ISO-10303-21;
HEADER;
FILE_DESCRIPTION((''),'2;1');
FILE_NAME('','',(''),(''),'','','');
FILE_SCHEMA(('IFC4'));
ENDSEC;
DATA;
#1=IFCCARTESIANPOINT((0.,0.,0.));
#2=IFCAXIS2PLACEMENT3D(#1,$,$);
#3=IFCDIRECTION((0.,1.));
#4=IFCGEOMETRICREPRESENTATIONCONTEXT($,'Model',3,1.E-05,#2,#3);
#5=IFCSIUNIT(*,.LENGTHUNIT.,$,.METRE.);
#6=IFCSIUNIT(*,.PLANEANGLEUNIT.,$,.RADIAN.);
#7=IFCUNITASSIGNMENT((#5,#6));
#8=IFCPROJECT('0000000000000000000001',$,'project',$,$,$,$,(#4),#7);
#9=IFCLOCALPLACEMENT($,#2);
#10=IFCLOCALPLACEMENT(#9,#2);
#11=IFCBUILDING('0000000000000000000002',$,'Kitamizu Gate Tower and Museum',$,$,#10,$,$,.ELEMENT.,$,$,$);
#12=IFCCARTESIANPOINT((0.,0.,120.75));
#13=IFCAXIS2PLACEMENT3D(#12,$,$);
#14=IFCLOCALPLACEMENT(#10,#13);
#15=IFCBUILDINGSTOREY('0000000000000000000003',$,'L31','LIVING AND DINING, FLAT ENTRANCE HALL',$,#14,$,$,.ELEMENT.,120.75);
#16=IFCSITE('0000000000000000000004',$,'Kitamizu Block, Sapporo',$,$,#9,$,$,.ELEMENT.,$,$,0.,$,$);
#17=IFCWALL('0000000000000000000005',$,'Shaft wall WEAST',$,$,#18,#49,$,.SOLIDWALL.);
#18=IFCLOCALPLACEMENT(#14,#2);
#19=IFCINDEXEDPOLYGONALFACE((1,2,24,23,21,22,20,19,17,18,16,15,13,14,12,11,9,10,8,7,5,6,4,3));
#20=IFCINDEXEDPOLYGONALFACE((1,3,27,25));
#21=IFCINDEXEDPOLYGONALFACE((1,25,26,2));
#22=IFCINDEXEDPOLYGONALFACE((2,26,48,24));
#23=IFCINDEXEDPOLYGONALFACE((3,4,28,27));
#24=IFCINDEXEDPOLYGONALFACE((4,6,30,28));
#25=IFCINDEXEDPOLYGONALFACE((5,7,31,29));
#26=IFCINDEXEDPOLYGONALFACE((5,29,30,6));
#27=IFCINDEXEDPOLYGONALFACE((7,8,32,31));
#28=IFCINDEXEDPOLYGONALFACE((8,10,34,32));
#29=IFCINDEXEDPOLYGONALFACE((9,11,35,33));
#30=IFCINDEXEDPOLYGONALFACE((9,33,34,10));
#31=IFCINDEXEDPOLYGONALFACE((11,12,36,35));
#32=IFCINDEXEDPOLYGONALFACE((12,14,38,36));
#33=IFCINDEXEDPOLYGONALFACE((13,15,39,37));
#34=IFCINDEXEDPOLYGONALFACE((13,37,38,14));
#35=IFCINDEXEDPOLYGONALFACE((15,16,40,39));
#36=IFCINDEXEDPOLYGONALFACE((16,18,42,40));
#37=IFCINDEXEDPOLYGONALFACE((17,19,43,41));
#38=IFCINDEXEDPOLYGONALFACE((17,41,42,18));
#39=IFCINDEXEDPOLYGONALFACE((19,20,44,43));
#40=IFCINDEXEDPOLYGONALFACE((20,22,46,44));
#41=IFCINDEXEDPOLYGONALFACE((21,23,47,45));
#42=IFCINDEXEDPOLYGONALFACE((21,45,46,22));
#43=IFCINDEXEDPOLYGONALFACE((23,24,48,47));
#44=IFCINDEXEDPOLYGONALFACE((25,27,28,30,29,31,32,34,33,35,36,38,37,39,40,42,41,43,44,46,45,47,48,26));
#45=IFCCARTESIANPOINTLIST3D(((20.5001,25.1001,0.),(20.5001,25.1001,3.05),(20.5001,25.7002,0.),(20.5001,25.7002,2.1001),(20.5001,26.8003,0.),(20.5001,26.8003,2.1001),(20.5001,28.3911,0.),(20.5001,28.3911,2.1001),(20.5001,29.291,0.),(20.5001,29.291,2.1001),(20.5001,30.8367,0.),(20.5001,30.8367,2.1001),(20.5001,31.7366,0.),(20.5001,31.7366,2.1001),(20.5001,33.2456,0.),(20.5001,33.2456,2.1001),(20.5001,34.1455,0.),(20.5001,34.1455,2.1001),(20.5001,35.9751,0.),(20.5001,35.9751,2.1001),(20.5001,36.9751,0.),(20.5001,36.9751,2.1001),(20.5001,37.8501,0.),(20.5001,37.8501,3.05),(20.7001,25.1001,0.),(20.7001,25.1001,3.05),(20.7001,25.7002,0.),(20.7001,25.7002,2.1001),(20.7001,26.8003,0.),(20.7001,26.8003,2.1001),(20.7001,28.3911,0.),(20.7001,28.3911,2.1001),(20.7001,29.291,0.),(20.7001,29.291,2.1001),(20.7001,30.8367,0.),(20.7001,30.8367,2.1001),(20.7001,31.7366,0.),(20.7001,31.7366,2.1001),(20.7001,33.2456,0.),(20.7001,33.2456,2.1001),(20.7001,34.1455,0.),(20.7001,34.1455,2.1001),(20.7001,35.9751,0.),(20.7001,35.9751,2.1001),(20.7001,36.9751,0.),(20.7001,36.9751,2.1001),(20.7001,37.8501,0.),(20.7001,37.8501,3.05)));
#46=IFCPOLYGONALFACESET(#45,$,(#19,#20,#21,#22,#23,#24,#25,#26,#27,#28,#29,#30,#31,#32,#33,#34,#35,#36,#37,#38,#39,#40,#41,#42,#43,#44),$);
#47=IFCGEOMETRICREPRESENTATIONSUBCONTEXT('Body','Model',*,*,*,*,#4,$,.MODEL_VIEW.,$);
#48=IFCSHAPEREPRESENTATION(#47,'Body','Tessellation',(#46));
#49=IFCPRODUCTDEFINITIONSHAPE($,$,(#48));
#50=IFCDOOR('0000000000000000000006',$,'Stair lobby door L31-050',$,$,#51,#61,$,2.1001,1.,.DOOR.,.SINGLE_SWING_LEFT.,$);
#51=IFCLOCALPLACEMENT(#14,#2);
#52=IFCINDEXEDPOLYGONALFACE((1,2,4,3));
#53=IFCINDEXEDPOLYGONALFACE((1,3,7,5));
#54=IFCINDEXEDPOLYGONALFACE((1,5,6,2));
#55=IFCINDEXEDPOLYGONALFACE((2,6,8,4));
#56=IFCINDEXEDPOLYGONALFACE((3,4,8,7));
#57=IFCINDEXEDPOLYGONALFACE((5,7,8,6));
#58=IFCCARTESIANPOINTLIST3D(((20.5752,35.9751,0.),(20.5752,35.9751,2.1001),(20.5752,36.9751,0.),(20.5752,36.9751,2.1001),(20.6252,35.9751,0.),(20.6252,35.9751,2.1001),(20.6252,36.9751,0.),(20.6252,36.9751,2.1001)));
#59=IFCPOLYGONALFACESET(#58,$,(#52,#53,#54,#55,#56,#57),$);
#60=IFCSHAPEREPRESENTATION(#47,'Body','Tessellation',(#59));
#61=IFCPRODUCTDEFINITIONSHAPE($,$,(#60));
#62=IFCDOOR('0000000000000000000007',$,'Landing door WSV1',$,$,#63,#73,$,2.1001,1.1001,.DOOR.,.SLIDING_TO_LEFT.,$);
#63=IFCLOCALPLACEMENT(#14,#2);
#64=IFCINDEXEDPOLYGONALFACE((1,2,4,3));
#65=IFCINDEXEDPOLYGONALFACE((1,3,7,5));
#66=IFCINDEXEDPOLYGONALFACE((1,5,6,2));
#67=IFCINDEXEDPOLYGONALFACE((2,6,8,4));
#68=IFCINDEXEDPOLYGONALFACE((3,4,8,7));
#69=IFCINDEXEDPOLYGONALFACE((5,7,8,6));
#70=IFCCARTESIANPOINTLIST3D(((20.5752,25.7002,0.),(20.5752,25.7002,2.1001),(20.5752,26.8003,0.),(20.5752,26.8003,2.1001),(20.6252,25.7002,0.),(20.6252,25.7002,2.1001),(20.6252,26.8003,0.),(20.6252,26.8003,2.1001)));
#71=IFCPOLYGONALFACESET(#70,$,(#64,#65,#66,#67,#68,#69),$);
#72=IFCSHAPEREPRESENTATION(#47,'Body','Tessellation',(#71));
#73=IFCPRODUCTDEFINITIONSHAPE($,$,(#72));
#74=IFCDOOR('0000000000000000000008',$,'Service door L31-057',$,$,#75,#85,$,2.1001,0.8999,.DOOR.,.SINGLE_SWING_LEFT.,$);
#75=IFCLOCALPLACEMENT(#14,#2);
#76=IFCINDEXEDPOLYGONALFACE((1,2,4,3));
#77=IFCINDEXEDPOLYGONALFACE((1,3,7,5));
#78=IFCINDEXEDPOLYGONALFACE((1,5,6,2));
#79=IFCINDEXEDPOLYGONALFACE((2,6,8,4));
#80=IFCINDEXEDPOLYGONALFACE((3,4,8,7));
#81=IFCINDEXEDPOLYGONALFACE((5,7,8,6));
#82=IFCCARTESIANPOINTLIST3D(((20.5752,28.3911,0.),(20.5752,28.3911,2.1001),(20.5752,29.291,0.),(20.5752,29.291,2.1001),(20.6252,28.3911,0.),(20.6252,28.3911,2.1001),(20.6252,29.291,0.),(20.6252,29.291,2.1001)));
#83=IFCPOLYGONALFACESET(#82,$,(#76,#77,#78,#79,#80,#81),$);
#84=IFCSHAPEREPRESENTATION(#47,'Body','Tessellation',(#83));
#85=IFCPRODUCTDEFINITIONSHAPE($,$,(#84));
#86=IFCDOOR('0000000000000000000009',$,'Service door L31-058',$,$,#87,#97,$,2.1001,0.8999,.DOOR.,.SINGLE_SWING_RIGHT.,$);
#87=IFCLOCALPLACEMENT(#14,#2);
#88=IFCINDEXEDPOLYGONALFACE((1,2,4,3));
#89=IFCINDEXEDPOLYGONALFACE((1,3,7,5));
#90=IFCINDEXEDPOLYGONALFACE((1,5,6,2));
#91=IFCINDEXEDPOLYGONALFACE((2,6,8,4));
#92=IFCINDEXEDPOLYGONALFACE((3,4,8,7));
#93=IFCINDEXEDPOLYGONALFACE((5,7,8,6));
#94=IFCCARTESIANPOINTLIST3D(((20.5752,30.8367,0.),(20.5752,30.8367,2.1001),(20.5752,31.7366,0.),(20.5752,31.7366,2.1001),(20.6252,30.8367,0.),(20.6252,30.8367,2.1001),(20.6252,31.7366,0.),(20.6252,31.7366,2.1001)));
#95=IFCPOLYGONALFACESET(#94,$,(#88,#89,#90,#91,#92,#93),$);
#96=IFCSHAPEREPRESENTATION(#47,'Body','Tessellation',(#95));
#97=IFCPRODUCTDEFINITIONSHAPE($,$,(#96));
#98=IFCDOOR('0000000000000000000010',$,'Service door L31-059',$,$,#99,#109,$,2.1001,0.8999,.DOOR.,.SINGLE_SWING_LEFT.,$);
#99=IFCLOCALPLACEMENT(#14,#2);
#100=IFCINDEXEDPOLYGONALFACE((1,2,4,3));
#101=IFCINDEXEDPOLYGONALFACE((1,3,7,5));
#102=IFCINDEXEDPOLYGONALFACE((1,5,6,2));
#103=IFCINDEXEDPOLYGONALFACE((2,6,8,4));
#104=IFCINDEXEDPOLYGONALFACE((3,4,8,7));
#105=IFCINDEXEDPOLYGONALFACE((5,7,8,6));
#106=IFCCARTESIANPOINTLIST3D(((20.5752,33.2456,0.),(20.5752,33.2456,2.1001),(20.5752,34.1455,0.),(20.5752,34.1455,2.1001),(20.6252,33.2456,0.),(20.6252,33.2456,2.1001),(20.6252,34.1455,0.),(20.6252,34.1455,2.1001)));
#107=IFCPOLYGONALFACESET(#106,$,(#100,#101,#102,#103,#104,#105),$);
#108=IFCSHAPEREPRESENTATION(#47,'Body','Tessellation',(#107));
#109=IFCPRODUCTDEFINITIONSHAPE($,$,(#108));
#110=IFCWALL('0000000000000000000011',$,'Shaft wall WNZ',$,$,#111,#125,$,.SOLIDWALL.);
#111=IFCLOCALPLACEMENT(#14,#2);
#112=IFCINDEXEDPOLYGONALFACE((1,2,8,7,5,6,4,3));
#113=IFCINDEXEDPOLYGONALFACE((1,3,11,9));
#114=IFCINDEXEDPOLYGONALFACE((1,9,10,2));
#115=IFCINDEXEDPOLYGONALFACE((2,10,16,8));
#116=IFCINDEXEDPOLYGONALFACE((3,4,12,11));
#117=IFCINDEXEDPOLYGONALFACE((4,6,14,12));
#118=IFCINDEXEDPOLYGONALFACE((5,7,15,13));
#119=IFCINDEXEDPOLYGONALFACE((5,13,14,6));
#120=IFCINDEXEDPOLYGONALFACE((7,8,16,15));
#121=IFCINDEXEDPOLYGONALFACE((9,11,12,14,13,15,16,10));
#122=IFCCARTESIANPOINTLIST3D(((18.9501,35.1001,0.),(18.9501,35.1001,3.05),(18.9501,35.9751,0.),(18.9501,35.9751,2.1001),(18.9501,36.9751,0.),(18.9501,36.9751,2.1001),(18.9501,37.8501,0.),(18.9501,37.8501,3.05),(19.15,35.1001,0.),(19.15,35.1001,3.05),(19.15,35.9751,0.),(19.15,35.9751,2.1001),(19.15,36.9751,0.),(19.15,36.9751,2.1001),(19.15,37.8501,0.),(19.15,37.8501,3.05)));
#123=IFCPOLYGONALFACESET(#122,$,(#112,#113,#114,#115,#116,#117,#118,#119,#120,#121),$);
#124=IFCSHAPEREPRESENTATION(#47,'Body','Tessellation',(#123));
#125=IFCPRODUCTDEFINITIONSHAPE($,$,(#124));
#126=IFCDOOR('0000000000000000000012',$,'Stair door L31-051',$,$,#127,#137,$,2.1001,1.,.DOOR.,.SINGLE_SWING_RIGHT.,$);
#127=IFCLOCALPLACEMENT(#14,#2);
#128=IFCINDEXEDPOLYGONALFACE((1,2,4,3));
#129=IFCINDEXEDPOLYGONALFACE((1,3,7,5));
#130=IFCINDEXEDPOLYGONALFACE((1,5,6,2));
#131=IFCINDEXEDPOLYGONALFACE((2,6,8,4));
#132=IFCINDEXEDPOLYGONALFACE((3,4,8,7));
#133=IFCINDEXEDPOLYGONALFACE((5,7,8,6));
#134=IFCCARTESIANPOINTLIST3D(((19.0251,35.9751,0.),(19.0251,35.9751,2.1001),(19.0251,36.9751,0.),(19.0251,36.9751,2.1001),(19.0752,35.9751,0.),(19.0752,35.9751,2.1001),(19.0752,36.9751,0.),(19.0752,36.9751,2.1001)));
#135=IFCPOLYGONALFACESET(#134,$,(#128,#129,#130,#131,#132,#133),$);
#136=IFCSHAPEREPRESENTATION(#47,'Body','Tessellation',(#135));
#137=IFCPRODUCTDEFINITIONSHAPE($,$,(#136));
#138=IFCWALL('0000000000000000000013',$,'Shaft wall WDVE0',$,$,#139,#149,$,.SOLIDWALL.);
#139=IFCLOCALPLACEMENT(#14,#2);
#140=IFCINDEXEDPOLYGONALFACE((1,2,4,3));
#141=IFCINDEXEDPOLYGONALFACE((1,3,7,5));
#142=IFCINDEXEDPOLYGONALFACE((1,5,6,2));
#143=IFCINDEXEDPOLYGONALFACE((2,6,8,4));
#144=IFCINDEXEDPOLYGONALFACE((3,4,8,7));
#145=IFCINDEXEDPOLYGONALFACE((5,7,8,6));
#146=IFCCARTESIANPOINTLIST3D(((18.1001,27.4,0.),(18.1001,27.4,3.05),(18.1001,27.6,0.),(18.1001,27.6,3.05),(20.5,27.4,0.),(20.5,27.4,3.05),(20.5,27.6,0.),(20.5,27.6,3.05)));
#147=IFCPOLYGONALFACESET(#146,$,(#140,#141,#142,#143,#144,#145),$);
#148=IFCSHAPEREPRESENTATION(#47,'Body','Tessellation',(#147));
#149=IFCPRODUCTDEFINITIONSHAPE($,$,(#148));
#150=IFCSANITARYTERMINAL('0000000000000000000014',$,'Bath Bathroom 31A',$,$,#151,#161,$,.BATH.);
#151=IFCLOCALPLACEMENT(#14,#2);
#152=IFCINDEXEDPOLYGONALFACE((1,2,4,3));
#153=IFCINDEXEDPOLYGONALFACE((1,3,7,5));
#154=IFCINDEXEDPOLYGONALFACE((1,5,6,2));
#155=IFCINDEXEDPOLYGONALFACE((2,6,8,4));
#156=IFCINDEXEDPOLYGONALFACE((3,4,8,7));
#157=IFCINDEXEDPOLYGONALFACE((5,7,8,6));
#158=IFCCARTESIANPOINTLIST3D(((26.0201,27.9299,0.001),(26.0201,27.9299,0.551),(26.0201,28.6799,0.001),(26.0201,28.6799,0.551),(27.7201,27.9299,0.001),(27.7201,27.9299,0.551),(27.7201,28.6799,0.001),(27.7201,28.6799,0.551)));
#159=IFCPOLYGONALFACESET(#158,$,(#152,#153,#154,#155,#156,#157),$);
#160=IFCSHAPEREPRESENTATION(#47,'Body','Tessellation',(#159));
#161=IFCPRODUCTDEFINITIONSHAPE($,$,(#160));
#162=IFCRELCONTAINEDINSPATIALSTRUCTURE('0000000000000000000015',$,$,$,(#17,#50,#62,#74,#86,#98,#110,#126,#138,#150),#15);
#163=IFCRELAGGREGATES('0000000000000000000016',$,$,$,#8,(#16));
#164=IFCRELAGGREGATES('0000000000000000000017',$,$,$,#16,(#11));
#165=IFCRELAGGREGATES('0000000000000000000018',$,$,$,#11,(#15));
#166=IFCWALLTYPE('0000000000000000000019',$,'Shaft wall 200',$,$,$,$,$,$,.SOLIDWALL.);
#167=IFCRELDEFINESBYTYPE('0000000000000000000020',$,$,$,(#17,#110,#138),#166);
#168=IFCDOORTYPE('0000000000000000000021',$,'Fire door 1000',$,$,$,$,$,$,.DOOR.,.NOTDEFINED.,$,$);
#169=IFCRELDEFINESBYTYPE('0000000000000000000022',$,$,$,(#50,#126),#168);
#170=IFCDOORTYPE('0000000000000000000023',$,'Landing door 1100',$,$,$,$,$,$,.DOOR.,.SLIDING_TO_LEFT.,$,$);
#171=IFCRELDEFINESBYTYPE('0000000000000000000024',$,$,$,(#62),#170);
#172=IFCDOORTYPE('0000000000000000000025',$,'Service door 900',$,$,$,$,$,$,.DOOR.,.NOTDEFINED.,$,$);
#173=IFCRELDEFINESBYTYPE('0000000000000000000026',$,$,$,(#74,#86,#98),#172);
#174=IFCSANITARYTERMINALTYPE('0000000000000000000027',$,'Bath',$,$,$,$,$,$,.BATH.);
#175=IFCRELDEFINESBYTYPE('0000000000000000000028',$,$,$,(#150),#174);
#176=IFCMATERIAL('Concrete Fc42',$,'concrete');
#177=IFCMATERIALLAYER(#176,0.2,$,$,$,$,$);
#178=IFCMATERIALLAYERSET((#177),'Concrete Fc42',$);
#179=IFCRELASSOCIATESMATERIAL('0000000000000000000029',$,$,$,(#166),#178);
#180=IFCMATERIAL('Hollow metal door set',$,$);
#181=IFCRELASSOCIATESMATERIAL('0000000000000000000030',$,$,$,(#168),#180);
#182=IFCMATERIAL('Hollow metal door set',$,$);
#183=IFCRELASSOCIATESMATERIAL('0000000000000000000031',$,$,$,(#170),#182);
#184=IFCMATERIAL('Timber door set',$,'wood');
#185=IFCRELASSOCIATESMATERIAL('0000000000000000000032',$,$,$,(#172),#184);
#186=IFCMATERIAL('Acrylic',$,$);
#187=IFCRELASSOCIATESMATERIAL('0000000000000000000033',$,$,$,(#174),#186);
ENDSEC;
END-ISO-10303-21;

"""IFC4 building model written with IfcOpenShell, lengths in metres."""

from ifc_helpers import new_model, si_unit, direction, frame, frame_2d, origin, origin_2d, place, context, subcontext, project, spatial, rectangle, extrude, material, layer, layer_set, type_object, element, fill, save


model = new_model("IFC4")

# Units and contexts
model_context = context("Model", 3, precision=1e-05, world=origin(), true_north=direction((0.0, 1.0)))
body_context = subcontext(model_context, "Body", "Model", "MODEL_VIEW")
ifc_project = project(units=[si_unit("LENGTHUNIT", "METRE"), si_unit("PLANEANGLEUNIT", "RADIAN")], contexts=[model_context])

# Site, building, storey
site_placement = place(None, origin())
site = spatial("IfcSite", under=ifc_project, at=site_placement, Name="Kitamizu Block, Sapporo", CompositionType="ELEMENT", RefElevation=0.0)
building_placement = place(site_placement, origin())
building = spatial("IfcBuilding", under=site, at=building_placement, Name="Kitamizu Gate Tower and Museum", CompositionType="ELEMENT")
storey_placement = place(building_placement, frame((0.0, 0.0, 120.75)))
storey = spatial("IfcBuildingStorey", under=building, at=storey_placement, Name="L31", Description="LIVING AND DINING, FLAT ENTRANCE HALL", CompositionType="ELEMENT", Elevation=120.75)

# Wall, openings, doors
ifc_material_1 = material(Name="Concrete Fc42", Category="concrete")
ifc_layer_1 = layer(ifc_material_1, 0.2)
ifc_layer_set_1 = layer_set([ifc_layer_1], Name="Concrete Fc42")
wall_type_1 = type_object("IfcWallType", Name="Shaft wall 200", PredefinedType="SOLIDWALL", material=ifc_layer_set_1)
wall_1_placement = place(storey_placement, frame((20.6001, 25.1001, 0.0), z_axis=(0.0, 0.0, 1.0), x_axis=(0.0, 1.0, 0.0)))
wall_1 = element("IfcWall", 1, at=wall_1_placement, inside=storey, type_object=wall_type_1, Name="Shaft wall WEAST", PredefinedType="SOLIDWALL", context=body_context, shape_type="SweptSolid", body=[
    extrude(rectangle(XDim=12.75, YDim=0.2, at=frame_2d((6.375, 0.0))), origin(), (0.0, 0.0, 1.0), 3.05),
])
opening_1_placement = place(wall_1_placement, frame((0.6001, 0.0, 0.0)))
opening_1 = element("IfcOpeningElement", 2, at=opening_1_placement, cuts=wall_1, PredefinedType="OPENING", context=body_context, shape_type="SweptSolid", body=[
    extrude(rectangle(XDim=1.1001, YDim=2.1001, at=frame_2d((0.55, 1.05))), frame((0.0, 0.1099, 0.0), z_axis=(0.0, -1.0, 0.0), x_axis=(1.0, 0.0, 0.0)), (0.0, 0.0, 1.0), 0.22),
])
opening_2_placement = place(wall_1_placement, frame((10.875, 0.0, 0.0)))
opening_2 = element("IfcOpeningElement", 3, at=opening_2_placement, cuts=wall_1, PredefinedType="OPENING", context=body_context, shape_type="SweptSolid", body=[
    extrude(rectangle(XDim=1.0, YDim=2.1001, at=frame_2d((0.5, 1.05))), frame((0.0, 0.1099, 0.0), z_axis=(0.0, -1.0, 0.0), x_axis=(1.0, 0.0, 0.0)), (0.0, 0.0, 1.0), 0.22),
])
opening_3_placement = place(wall_1_placement, frame((3.291, 0.0, 0.0)))
opening_3 = element("IfcOpeningElement", 4, at=opening_3_placement, cuts=wall_1, PredefinedType="OPENING", context=body_context, shape_type="SweptSolid", body=[
    extrude(rectangle(XDim=0.8999, YDim=2.1001, at=frame_2d((0.45, 1.05))), frame((0.0, 0.1099, 0.0), z_axis=(0.0, -1.0, 0.0), x_axis=(1.0, 0.0, 0.0)), (0.0, 0.0, 1.0), 0.22),
])
opening_4_placement = place(wall_1_placement, frame((5.7366, 0.0, 0.0)))
opening_4 = element("IfcOpeningElement", 5, at=opening_4_placement, cuts=wall_1, PredefinedType="OPENING", context=body_context, shape_type="SweptSolid", body=[
    extrude(rectangle(XDim=0.8999, YDim=2.1001, at=frame_2d((0.45, 1.05))), frame((0.0, 0.1099, 0.0), z_axis=(0.0, -1.0, 0.0), x_axis=(1.0, 0.0, 0.0)), (0.0, 0.0, 1.0), 0.22),
])
opening_5_placement = place(wall_1_placement, frame((8.1455, 0.0, 0.0)))
opening_5 = element("IfcOpeningElement", 6, at=opening_5_placement, cuts=wall_1, PredefinedType="OPENING", context=body_context, shape_type="SweptSolid", body=[
    extrude(rectangle(XDim=0.8999, YDim=2.1001, at=frame_2d((0.45, 1.05))), frame((0.0, 0.1099, 0.0), z_axis=(0.0, -1.0, 0.0), x_axis=(1.0, 0.0, 0.0)), (0.0, 0.0, 1.0), 0.22),
])
ifc_material_2 = material(Name="Hollow metal door set")
door_type_1 = type_object("IfcDoorType", Name="Fire door 1000", OperationType="NOTDEFINED", PredefinedType="DOOR", material=ifc_material_2)
door_1_placement = place(opening_2_placement, origin())
door_1 = element("IfcDoor", 7, at=door_1_placement, inside=storey, type_object=door_type_1, Name="Stair lobby door L31-050", OperationType="SINGLE_SWING_LEFT", OverallHeight=2.1001, OverallWidth=1.0, PredefinedType="DOOR", context=body_context, shape_type="SweptSolid", body=[
    extrude(rectangle(XDim=1.0, YDim=2.1001, at=frame_2d((0.5, 1.05))), frame((0.0, 0.0249, 0.0), z_axis=(0.0, -1.0, 0.0), x_axis=(1.0, 0.0, 0.0)), (0.0, 0.0, 1.0), 0.05),
])
fill(opening_2, door_1)
ifc_material_3 = material(Name="Hollow metal door set")
door_type_2 = type_object("IfcDoorType", Name="Landing door 1100", OperationType="SLIDING_TO_LEFT", PredefinedType="DOOR", material=ifc_material_3)
door_2_placement = place(opening_1_placement, origin())
door_2 = element("IfcDoor", 8, at=door_2_placement, inside=storey, type_object=door_type_2, Name="Landing door WSV1", OperationType="SLIDING_TO_LEFT", OverallHeight=2.1001, OverallWidth=1.1001, PredefinedType="DOOR", context=body_context, shape_type="SweptSolid", body=[
    extrude(rectangle(XDim=1.1001, YDim=2.1001, at=frame_2d((0.55, 1.05))), frame((0.0, 0.0249, 0.0), z_axis=(0.0, -1.0, 0.0), x_axis=(1.0, 0.0, 0.0)), (0.0, 0.0, 1.0), 0.05),
])
fill(opening_1, door_2)
ifc_material_4 = material(Name="Timber door set", Category="wood")
door_type_3 = type_object("IfcDoorType", Name="Service door 900", OperationType="NOTDEFINED", PredefinedType="DOOR", material=ifc_material_4)
door_3_placement = place(opening_3_placement, origin())
door_3 = element("IfcDoor", 9, at=door_3_placement, inside=storey, type_object=door_type_3, Name="Service door L31-057", OperationType="SINGLE_SWING_LEFT", OverallHeight=2.1001, OverallWidth=0.8999, PredefinedType="DOOR", context=body_context, shape_type="SweptSolid", body=[
    extrude(rectangle(XDim=0.8999, YDim=2.1001, at=frame_2d((0.45, 1.05))), frame((0.0, 0.0249, 0.0), z_axis=(0.0, -1.0, 0.0), x_axis=(1.0, 0.0, 0.0)), (0.0, 0.0, 1.0), 0.05),
])
fill(opening_3, door_3)
door_4_placement = place(opening_4_placement, origin())
door_4 = element("IfcDoor", 10, at=door_4_placement, inside=storey, type_object=door_type_3, Name="Service door L31-058", OperationType="SINGLE_SWING_RIGHT", OverallHeight=2.1001, OverallWidth=0.8999, PredefinedType="DOOR", context=body_context, shape_type="SweptSolid", body=[
    extrude(rectangle(XDim=0.8999, YDim=2.1001, at=frame_2d((0.45, 1.05))), frame((0.0, 0.0249, 0.0), z_axis=(0.0, -1.0, 0.0), x_axis=(1.0, 0.0, 0.0)), (0.0, 0.0, 1.0), 0.05),
])
fill(opening_4, door_4)
door_5_placement = place(opening_5_placement, origin())
door_5 = element("IfcDoor", 11, at=door_5_placement, inside=storey, type_object=door_type_3, Name="Service door L31-059", OperationType="SINGLE_SWING_LEFT", OverallHeight=2.1001, OverallWidth=0.8999, PredefinedType="DOOR", context=body_context, shape_type="SweptSolid", body=[
    extrude(rectangle(XDim=0.8999, YDim=2.1001, at=frame_2d((0.45, 1.05))), frame((0.0, 0.0249, 0.0), z_axis=(0.0, -1.0, 0.0), x_axis=(1.0, 0.0, 0.0)), (0.0, 0.0, 1.0), 0.05),
])
fill(opening_5, door_5)

# Wall, opening, door
wall_2_placement = place(storey_placement, frame((19.05, 35.1001, 0.0), z_axis=(0.0, 0.0, 1.0), x_axis=(0.0, 1.0, 0.0)))
wall_2 = element("IfcWall", 12, at=wall_2_placement, inside=storey, type_object=wall_type_1, Name="Shaft wall WNZ", PredefinedType="SOLIDWALL", context=body_context, shape_type="SweptSolid", body=[
    extrude(rectangle(XDim=2.75, YDim=0.2, at=frame_2d((1.375, 0.0))), origin(), (0.0, 0.0, 1.0), 3.05),
])
opening_6_placement = place(wall_2_placement, frame((0.875, 0.0, 0.0)))
opening_6 = element("IfcOpeningElement", 13, at=opening_6_placement, cuts=wall_2, PredefinedType="OPENING", context=body_context, shape_type="SweptSolid", body=[
    extrude(rectangle(XDim=1.0, YDim=2.1001, at=frame_2d((0.5, 1.05))), frame((0.0, 0.1099, 0.0), z_axis=(0.0, -1.0, 0.0), x_axis=(1.0, 0.0, 0.0)), (0.0, 0.0, 1.0), 0.22),
])
door_6_placement = place(opening_6_placement, origin())
door_6 = element("IfcDoor", 14, at=door_6_placement, inside=storey, type_object=door_type_1, Name="Stair door L31-051", OperationType="SINGLE_SWING_RIGHT", OverallHeight=2.1001, OverallWidth=1.0, PredefinedType="DOOR", context=body_context, shape_type="SweptSolid", body=[
    extrude(rectangle(XDim=1.0, YDim=2.1001, at=frame_2d((0.5, 1.05))), frame((0.0, 0.0249, 0.0), z_axis=(0.0, -1.0, 0.0), x_axis=(1.0, 0.0, 0.0)), (0.0, 0.0, 1.0), 0.05),
])
fill(opening_6, door_6)

# Wall
wall_3_placement = place(storey_placement, frame((18.1001, 27.5, 0.0), z_axis=(0.0, 0.0, 1.0), x_axis=(1.0, 0.0, 0.0)))
element("IfcWall", 15, at=wall_3_placement, inside=storey, type_object=wall_type_1, Name="Shaft wall WDVE0", PredefinedType="SOLIDWALL", context=body_context, shape_type="SweptSolid", body=[
    extrude(rectangle(XDim=2.3999, YDim=0.2, at=frame_2d((1.2, 0.0))), origin(), (0.0, 0.0, 1.0), 3.05),
])

# Sanitary terminal
ifc_material_5 = material(Name="Acrylic")
sanitary_terminal_type_1 = type_object("IfcSanitaryTerminalType", Name="Bath", PredefinedType="BATH", material=ifc_material_5)
for number, where, z_axis, x_axis, name in (
    (16, (26.8701, 28.3049, 0.001), (0.0, 0.0, 1.0), (1.0, 0.0, 0.0), "Bath Bathroom 31A"),
):
    element("IfcSanitaryTerminal", number, at=place(storey_placement, frame(where, z_axis=z_axis, x_axis=x_axis)), inside=storey, type_object=sanitary_terminal_type_1, Name=name, PredefinedType="BATH", context=body_context, shape_type="SweptSolid", body=[
        extrude(rectangle(XDim=1.7, YDim=0.75, at=origin_2d()), origin(), (0.0, 0.0, 1.0), 0.55),
    ])

save(model, "model.ifc")
